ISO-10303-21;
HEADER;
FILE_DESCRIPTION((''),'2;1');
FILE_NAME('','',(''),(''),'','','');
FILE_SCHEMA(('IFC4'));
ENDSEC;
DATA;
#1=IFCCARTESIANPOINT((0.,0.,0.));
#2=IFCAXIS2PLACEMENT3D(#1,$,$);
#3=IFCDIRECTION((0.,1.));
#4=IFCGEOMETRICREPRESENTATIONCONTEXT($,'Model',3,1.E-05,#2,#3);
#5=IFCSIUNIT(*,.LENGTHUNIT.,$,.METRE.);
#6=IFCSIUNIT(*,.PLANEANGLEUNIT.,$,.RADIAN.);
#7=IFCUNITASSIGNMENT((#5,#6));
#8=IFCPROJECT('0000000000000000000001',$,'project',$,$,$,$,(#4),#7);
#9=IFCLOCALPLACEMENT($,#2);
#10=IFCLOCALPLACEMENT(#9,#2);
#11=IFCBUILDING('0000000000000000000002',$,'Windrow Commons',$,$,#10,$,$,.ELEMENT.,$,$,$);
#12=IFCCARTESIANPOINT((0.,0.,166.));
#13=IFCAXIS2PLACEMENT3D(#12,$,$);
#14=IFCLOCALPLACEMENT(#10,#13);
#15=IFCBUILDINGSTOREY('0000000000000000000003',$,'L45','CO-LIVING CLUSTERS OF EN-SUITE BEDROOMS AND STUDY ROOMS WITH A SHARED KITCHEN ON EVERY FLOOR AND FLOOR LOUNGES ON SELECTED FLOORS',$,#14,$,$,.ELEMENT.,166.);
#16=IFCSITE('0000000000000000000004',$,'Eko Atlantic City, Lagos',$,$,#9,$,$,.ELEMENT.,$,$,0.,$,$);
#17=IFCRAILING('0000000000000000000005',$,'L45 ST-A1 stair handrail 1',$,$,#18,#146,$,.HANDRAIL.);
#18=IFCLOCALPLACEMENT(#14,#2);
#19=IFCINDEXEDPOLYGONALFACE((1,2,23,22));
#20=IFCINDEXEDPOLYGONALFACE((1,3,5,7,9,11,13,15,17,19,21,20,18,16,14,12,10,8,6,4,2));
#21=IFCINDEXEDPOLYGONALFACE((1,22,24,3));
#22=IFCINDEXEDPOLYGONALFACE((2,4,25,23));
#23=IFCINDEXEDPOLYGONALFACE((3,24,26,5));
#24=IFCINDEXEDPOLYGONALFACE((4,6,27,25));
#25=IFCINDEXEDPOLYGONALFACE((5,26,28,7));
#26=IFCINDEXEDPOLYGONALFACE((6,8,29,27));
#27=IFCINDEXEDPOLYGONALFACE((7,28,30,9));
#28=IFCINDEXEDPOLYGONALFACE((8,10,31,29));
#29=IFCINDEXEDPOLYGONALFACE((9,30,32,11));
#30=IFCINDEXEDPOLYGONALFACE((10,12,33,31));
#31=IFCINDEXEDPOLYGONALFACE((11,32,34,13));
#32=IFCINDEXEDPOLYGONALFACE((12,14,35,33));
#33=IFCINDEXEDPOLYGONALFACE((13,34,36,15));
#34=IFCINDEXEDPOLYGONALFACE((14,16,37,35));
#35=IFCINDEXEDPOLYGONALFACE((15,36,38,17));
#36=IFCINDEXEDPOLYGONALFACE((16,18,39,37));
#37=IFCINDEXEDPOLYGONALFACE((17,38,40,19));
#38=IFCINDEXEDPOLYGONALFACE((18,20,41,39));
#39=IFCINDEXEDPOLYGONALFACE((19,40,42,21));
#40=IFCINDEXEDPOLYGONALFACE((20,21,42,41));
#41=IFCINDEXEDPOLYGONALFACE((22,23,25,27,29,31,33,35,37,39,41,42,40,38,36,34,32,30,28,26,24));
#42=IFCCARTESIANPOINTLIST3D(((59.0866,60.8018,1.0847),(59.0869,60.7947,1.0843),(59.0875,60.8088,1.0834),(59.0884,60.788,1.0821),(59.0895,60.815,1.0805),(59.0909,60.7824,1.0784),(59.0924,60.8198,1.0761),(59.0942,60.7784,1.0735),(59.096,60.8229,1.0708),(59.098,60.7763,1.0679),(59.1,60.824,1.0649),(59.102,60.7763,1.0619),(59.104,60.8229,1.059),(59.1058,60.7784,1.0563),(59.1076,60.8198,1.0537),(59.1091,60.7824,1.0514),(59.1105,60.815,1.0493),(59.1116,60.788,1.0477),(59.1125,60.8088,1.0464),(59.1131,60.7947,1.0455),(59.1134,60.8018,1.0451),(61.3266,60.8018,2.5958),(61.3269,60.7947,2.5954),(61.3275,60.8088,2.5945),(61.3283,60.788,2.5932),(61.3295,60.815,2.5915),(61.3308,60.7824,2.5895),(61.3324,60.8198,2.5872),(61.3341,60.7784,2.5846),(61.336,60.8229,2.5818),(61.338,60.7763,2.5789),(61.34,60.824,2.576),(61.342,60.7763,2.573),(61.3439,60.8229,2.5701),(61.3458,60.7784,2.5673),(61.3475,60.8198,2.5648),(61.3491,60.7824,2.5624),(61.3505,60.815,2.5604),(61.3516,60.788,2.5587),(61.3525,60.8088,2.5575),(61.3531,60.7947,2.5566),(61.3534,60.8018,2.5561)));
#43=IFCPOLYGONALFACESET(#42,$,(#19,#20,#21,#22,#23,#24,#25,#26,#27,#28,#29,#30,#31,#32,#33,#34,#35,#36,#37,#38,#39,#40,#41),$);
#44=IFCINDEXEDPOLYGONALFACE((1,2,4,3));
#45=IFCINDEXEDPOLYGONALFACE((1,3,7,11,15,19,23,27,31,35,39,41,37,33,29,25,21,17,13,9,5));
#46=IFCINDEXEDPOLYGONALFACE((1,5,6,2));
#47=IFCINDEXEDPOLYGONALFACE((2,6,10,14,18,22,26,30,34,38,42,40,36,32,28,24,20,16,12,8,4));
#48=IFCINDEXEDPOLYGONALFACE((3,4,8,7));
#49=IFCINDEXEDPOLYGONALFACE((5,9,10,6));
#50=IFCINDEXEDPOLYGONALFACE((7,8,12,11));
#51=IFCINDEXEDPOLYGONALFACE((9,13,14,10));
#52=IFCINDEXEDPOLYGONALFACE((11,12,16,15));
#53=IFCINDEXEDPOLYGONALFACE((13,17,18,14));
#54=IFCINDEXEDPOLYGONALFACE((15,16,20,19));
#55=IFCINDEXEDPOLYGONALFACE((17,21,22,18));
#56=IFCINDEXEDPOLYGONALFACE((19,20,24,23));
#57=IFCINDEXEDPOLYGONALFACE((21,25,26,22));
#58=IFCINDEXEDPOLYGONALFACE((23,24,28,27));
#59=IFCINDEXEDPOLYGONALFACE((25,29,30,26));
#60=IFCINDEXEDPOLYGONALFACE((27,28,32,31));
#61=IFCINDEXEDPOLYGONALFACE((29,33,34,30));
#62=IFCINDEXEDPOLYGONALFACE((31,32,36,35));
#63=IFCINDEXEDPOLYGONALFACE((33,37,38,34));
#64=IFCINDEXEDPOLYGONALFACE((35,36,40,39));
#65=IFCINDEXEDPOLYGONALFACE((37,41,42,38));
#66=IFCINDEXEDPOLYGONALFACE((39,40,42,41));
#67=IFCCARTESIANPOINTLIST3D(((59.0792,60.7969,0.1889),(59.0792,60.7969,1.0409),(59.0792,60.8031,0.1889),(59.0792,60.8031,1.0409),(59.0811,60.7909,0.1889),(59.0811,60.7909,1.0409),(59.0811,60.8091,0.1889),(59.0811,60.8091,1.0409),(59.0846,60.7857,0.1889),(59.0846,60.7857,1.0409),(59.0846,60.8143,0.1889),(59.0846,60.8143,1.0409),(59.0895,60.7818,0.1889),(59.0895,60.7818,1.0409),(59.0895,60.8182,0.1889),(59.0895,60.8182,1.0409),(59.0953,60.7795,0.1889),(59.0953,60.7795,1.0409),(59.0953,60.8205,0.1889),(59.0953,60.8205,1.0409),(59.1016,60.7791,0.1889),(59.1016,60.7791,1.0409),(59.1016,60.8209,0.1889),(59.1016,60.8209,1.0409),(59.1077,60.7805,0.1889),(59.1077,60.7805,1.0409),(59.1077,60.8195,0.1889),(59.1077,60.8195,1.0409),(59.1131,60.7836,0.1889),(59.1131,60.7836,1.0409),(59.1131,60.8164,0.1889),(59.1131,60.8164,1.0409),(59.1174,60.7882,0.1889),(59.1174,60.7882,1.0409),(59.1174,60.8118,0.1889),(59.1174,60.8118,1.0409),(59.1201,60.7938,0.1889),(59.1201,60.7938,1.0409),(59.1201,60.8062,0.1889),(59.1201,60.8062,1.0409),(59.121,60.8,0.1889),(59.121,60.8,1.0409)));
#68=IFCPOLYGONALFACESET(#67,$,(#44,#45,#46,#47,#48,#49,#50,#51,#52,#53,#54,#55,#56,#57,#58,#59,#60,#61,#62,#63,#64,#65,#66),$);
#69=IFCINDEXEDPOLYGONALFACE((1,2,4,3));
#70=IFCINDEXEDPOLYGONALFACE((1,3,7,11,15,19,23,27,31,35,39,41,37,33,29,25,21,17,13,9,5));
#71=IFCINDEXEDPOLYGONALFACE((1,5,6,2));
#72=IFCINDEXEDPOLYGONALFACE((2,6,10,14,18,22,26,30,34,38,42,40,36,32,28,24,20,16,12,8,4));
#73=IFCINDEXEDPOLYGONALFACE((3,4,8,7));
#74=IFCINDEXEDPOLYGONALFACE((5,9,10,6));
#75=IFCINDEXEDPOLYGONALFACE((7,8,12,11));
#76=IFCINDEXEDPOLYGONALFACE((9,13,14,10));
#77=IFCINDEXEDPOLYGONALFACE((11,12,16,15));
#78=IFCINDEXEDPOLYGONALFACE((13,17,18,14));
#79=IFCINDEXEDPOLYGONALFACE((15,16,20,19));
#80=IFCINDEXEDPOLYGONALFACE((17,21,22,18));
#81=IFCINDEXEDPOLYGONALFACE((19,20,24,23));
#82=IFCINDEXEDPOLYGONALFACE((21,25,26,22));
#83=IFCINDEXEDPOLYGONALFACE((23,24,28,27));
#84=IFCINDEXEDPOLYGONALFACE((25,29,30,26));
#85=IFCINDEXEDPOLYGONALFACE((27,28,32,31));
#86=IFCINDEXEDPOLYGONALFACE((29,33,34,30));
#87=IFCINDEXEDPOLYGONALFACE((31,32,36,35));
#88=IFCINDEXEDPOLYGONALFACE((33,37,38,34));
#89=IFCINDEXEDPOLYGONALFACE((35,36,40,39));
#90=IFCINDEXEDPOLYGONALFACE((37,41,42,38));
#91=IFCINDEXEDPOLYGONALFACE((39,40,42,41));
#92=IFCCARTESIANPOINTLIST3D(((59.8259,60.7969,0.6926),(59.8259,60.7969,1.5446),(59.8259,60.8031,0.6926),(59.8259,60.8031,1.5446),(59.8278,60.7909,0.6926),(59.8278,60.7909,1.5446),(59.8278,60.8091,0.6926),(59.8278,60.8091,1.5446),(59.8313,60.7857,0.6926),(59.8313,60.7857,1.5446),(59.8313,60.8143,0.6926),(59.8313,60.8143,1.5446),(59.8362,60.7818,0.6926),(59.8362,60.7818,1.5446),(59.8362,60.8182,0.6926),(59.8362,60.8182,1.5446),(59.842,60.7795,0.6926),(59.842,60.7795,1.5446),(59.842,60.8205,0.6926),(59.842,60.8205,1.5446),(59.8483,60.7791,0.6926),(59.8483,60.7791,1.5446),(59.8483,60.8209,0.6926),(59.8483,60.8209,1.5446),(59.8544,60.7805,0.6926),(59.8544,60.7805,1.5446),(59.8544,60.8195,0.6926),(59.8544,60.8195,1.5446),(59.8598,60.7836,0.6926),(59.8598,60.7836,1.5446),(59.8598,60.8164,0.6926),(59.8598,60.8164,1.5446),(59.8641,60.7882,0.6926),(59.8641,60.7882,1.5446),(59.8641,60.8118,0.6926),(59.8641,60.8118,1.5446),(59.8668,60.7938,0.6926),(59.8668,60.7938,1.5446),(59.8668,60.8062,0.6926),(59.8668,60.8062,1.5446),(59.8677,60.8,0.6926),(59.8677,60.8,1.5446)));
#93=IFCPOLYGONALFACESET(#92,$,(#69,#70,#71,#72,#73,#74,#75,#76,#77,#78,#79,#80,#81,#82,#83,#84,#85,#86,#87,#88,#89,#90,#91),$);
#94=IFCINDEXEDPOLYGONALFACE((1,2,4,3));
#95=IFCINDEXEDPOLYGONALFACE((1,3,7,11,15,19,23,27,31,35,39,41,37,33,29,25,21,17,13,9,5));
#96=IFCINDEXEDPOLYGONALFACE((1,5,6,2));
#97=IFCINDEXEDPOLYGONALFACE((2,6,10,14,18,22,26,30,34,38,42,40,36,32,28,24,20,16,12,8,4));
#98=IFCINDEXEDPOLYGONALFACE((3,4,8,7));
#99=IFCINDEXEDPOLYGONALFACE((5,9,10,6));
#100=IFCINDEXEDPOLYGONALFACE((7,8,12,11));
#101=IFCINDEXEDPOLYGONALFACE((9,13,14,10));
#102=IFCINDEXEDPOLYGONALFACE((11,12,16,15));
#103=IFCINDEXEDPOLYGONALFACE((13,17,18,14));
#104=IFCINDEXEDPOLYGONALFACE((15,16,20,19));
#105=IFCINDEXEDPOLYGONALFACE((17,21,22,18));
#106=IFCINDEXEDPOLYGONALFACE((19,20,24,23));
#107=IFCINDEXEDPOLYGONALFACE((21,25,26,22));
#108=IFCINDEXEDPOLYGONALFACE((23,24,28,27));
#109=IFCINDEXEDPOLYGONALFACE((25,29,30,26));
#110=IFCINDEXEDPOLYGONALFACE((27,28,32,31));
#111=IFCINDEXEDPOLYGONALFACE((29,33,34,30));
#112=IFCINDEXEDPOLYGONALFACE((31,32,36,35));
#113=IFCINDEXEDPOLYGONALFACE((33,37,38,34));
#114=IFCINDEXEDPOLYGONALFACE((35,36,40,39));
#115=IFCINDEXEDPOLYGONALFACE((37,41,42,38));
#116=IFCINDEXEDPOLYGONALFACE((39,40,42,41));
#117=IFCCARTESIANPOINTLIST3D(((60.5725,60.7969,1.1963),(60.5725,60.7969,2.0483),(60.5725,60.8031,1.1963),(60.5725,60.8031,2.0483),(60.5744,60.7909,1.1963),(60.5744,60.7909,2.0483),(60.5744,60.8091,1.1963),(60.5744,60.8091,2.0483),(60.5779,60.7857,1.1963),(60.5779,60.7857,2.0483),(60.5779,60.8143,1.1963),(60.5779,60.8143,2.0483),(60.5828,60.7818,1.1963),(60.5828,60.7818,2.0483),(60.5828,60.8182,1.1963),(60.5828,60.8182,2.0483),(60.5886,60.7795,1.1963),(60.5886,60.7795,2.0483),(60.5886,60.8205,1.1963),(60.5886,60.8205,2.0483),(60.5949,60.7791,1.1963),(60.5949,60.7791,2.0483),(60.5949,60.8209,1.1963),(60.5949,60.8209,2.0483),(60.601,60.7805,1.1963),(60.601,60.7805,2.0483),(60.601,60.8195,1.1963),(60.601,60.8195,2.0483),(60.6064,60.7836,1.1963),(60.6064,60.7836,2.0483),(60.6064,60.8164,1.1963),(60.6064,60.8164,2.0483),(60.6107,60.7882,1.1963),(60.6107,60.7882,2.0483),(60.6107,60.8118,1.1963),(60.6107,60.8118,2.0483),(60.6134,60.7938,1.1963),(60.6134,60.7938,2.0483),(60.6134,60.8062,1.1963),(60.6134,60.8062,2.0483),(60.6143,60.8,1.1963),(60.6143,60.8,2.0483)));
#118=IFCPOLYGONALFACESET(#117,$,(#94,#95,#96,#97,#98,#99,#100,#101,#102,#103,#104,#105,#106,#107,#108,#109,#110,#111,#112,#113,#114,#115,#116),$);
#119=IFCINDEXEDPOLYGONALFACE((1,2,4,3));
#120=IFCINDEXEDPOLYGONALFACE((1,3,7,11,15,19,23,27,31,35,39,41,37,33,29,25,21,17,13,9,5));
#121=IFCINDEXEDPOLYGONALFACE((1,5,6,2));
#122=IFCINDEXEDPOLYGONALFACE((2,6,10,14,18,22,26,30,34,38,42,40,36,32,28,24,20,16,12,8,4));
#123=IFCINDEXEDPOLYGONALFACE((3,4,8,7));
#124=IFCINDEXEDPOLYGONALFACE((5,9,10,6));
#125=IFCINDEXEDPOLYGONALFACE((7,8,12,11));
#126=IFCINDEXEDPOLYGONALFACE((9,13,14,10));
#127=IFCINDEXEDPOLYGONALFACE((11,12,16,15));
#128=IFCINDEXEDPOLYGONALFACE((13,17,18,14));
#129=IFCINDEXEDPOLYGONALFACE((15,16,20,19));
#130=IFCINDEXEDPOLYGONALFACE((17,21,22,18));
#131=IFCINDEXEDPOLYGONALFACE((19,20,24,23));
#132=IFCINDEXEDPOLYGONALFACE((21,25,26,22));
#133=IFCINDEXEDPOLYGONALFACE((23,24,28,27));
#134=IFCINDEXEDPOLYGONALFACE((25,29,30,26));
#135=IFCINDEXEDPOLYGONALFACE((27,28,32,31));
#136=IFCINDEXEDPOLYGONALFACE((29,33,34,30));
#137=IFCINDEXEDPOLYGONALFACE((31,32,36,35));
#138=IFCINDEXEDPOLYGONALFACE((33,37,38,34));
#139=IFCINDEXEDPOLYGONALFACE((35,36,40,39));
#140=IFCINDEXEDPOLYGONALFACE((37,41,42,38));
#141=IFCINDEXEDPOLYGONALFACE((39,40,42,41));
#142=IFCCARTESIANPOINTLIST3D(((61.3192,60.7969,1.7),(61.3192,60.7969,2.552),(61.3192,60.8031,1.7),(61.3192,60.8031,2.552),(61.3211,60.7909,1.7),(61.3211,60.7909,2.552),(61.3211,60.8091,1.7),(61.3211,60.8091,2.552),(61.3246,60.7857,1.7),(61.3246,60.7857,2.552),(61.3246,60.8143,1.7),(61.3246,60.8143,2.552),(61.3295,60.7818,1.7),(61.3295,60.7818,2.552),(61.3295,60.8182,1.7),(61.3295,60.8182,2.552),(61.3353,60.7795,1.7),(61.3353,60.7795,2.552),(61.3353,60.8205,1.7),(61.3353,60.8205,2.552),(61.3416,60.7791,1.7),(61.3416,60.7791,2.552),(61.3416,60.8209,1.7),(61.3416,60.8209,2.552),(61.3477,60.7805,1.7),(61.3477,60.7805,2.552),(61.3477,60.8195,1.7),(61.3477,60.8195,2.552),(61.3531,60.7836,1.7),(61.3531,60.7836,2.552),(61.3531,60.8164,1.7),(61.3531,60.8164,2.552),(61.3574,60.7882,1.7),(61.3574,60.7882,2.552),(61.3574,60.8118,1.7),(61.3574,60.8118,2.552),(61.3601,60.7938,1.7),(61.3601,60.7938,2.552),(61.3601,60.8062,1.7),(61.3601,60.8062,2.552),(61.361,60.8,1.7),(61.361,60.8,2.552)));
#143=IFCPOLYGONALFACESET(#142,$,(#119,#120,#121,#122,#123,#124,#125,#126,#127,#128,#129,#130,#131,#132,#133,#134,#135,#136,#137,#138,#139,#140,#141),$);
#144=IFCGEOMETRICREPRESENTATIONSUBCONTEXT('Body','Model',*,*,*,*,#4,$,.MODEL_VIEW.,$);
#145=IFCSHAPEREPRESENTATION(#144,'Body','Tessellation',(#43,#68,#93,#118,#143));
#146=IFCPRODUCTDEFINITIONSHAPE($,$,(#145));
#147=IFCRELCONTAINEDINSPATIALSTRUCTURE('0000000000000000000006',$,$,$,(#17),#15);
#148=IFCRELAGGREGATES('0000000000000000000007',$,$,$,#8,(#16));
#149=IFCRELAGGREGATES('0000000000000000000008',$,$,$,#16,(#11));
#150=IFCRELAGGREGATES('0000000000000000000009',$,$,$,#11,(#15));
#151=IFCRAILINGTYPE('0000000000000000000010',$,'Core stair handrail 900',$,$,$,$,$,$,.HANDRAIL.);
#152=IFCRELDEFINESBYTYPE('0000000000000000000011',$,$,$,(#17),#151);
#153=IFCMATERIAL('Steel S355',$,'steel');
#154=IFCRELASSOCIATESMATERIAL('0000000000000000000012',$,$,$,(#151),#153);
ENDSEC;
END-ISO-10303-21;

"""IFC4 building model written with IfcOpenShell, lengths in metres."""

from ifc_helpers import new_model, si_unit, direction, frame, origin, origin_2d, place, context, subcontext, project, spatial, circle, extrude, material, type_object, element, save


model = new_model("IFC4")

# Units and contexts
model_context = context("Model", 3, precision=1e-05, world=origin(), true_north=direction((0.0, 1.0)))
body_context = subcontext(model_context, "Body", "Model", "MODEL_VIEW")
ifc_project = project(units=[si_unit("LENGTHUNIT", "METRE"), si_unit("PLANEANGLEUNIT", "RADIAN")], contexts=[model_context])

# Site, building, storey
site_placement = place(None, origin())
site = spatial("IfcSite", under=ifc_project, at=site_placement, Name="Eko Atlantic City, Lagos", CompositionType="ELEMENT", RefElevation=0.0)
building_placement = place(site_placement, origin())
building = spatial("IfcBuilding", under=site, at=building_placement, Name="Windrow Commons", CompositionType="ELEMENT")
storey_placement = place(building_placement, frame((0.0, 0.0, 166.0)))
storey = spatial("IfcBuildingStorey", under=building, at=storey_placement, Name="L45", Description="CO-LIVING CLUSTERS OF EN-SUITE BEDROOMS AND STUDY ROOMS WITH A SHARED KITCHEN ON EVERY FLOOR AND FLOOR LOUNGES ON SELECTED FLOORS", CompositionType="ELEMENT", Elevation=166.0)

# Railing
ifc_material_1 = material(Name="Steel S355", Category="steel")
railing_type_1 = type_object("IfcRailingType", Name="Core stair handrail 900", PredefinedType="HANDRAIL", material=ifc_material_1)
railing_1_placement = place(storey_placement, frame((59.1, 60.8, 0.1889)))
element("IfcRailing", 1, at=railing_1_placement, inside=storey, type_object=railing_type_1, Name="L45 ST-A1 stair handrail 1", PredefinedType="HANDRAIL", context=body_context, shape_type="SweptSolid", body=[
    extrude(circle(Radius=0.024, at=origin_2d()), frame((0.0, 0.0, 0.876), z_axis=(0.829003, 0.0, 0.559244), x_axis=(0.0, 1.0, 0.0)), (0.0, 0.0, 1.0), 2.702),
    extrude(circle(Radius=0.021, at=origin_2d()), origin(), (0.0, 0.0, 1.0), 0.852),
    extrude(circle(Radius=0.021, at=origin_2d()), frame((0.7467, 0.0, 0.5037)), (0.0, 0.0, 1.0), 0.852),
    extrude(circle(Radius=0.021, at=origin_2d()), frame((1.4933, 0.0, 1.0074)), (0.0, 0.0, 1.0), 0.852),
    extrude(circle(Radius=0.021, at=origin_2d()), frame((2.24, 0.0, 1.5111)), (0.0, 0.0, 1.0), 0.852),
])

save(model, "model.ifc")
